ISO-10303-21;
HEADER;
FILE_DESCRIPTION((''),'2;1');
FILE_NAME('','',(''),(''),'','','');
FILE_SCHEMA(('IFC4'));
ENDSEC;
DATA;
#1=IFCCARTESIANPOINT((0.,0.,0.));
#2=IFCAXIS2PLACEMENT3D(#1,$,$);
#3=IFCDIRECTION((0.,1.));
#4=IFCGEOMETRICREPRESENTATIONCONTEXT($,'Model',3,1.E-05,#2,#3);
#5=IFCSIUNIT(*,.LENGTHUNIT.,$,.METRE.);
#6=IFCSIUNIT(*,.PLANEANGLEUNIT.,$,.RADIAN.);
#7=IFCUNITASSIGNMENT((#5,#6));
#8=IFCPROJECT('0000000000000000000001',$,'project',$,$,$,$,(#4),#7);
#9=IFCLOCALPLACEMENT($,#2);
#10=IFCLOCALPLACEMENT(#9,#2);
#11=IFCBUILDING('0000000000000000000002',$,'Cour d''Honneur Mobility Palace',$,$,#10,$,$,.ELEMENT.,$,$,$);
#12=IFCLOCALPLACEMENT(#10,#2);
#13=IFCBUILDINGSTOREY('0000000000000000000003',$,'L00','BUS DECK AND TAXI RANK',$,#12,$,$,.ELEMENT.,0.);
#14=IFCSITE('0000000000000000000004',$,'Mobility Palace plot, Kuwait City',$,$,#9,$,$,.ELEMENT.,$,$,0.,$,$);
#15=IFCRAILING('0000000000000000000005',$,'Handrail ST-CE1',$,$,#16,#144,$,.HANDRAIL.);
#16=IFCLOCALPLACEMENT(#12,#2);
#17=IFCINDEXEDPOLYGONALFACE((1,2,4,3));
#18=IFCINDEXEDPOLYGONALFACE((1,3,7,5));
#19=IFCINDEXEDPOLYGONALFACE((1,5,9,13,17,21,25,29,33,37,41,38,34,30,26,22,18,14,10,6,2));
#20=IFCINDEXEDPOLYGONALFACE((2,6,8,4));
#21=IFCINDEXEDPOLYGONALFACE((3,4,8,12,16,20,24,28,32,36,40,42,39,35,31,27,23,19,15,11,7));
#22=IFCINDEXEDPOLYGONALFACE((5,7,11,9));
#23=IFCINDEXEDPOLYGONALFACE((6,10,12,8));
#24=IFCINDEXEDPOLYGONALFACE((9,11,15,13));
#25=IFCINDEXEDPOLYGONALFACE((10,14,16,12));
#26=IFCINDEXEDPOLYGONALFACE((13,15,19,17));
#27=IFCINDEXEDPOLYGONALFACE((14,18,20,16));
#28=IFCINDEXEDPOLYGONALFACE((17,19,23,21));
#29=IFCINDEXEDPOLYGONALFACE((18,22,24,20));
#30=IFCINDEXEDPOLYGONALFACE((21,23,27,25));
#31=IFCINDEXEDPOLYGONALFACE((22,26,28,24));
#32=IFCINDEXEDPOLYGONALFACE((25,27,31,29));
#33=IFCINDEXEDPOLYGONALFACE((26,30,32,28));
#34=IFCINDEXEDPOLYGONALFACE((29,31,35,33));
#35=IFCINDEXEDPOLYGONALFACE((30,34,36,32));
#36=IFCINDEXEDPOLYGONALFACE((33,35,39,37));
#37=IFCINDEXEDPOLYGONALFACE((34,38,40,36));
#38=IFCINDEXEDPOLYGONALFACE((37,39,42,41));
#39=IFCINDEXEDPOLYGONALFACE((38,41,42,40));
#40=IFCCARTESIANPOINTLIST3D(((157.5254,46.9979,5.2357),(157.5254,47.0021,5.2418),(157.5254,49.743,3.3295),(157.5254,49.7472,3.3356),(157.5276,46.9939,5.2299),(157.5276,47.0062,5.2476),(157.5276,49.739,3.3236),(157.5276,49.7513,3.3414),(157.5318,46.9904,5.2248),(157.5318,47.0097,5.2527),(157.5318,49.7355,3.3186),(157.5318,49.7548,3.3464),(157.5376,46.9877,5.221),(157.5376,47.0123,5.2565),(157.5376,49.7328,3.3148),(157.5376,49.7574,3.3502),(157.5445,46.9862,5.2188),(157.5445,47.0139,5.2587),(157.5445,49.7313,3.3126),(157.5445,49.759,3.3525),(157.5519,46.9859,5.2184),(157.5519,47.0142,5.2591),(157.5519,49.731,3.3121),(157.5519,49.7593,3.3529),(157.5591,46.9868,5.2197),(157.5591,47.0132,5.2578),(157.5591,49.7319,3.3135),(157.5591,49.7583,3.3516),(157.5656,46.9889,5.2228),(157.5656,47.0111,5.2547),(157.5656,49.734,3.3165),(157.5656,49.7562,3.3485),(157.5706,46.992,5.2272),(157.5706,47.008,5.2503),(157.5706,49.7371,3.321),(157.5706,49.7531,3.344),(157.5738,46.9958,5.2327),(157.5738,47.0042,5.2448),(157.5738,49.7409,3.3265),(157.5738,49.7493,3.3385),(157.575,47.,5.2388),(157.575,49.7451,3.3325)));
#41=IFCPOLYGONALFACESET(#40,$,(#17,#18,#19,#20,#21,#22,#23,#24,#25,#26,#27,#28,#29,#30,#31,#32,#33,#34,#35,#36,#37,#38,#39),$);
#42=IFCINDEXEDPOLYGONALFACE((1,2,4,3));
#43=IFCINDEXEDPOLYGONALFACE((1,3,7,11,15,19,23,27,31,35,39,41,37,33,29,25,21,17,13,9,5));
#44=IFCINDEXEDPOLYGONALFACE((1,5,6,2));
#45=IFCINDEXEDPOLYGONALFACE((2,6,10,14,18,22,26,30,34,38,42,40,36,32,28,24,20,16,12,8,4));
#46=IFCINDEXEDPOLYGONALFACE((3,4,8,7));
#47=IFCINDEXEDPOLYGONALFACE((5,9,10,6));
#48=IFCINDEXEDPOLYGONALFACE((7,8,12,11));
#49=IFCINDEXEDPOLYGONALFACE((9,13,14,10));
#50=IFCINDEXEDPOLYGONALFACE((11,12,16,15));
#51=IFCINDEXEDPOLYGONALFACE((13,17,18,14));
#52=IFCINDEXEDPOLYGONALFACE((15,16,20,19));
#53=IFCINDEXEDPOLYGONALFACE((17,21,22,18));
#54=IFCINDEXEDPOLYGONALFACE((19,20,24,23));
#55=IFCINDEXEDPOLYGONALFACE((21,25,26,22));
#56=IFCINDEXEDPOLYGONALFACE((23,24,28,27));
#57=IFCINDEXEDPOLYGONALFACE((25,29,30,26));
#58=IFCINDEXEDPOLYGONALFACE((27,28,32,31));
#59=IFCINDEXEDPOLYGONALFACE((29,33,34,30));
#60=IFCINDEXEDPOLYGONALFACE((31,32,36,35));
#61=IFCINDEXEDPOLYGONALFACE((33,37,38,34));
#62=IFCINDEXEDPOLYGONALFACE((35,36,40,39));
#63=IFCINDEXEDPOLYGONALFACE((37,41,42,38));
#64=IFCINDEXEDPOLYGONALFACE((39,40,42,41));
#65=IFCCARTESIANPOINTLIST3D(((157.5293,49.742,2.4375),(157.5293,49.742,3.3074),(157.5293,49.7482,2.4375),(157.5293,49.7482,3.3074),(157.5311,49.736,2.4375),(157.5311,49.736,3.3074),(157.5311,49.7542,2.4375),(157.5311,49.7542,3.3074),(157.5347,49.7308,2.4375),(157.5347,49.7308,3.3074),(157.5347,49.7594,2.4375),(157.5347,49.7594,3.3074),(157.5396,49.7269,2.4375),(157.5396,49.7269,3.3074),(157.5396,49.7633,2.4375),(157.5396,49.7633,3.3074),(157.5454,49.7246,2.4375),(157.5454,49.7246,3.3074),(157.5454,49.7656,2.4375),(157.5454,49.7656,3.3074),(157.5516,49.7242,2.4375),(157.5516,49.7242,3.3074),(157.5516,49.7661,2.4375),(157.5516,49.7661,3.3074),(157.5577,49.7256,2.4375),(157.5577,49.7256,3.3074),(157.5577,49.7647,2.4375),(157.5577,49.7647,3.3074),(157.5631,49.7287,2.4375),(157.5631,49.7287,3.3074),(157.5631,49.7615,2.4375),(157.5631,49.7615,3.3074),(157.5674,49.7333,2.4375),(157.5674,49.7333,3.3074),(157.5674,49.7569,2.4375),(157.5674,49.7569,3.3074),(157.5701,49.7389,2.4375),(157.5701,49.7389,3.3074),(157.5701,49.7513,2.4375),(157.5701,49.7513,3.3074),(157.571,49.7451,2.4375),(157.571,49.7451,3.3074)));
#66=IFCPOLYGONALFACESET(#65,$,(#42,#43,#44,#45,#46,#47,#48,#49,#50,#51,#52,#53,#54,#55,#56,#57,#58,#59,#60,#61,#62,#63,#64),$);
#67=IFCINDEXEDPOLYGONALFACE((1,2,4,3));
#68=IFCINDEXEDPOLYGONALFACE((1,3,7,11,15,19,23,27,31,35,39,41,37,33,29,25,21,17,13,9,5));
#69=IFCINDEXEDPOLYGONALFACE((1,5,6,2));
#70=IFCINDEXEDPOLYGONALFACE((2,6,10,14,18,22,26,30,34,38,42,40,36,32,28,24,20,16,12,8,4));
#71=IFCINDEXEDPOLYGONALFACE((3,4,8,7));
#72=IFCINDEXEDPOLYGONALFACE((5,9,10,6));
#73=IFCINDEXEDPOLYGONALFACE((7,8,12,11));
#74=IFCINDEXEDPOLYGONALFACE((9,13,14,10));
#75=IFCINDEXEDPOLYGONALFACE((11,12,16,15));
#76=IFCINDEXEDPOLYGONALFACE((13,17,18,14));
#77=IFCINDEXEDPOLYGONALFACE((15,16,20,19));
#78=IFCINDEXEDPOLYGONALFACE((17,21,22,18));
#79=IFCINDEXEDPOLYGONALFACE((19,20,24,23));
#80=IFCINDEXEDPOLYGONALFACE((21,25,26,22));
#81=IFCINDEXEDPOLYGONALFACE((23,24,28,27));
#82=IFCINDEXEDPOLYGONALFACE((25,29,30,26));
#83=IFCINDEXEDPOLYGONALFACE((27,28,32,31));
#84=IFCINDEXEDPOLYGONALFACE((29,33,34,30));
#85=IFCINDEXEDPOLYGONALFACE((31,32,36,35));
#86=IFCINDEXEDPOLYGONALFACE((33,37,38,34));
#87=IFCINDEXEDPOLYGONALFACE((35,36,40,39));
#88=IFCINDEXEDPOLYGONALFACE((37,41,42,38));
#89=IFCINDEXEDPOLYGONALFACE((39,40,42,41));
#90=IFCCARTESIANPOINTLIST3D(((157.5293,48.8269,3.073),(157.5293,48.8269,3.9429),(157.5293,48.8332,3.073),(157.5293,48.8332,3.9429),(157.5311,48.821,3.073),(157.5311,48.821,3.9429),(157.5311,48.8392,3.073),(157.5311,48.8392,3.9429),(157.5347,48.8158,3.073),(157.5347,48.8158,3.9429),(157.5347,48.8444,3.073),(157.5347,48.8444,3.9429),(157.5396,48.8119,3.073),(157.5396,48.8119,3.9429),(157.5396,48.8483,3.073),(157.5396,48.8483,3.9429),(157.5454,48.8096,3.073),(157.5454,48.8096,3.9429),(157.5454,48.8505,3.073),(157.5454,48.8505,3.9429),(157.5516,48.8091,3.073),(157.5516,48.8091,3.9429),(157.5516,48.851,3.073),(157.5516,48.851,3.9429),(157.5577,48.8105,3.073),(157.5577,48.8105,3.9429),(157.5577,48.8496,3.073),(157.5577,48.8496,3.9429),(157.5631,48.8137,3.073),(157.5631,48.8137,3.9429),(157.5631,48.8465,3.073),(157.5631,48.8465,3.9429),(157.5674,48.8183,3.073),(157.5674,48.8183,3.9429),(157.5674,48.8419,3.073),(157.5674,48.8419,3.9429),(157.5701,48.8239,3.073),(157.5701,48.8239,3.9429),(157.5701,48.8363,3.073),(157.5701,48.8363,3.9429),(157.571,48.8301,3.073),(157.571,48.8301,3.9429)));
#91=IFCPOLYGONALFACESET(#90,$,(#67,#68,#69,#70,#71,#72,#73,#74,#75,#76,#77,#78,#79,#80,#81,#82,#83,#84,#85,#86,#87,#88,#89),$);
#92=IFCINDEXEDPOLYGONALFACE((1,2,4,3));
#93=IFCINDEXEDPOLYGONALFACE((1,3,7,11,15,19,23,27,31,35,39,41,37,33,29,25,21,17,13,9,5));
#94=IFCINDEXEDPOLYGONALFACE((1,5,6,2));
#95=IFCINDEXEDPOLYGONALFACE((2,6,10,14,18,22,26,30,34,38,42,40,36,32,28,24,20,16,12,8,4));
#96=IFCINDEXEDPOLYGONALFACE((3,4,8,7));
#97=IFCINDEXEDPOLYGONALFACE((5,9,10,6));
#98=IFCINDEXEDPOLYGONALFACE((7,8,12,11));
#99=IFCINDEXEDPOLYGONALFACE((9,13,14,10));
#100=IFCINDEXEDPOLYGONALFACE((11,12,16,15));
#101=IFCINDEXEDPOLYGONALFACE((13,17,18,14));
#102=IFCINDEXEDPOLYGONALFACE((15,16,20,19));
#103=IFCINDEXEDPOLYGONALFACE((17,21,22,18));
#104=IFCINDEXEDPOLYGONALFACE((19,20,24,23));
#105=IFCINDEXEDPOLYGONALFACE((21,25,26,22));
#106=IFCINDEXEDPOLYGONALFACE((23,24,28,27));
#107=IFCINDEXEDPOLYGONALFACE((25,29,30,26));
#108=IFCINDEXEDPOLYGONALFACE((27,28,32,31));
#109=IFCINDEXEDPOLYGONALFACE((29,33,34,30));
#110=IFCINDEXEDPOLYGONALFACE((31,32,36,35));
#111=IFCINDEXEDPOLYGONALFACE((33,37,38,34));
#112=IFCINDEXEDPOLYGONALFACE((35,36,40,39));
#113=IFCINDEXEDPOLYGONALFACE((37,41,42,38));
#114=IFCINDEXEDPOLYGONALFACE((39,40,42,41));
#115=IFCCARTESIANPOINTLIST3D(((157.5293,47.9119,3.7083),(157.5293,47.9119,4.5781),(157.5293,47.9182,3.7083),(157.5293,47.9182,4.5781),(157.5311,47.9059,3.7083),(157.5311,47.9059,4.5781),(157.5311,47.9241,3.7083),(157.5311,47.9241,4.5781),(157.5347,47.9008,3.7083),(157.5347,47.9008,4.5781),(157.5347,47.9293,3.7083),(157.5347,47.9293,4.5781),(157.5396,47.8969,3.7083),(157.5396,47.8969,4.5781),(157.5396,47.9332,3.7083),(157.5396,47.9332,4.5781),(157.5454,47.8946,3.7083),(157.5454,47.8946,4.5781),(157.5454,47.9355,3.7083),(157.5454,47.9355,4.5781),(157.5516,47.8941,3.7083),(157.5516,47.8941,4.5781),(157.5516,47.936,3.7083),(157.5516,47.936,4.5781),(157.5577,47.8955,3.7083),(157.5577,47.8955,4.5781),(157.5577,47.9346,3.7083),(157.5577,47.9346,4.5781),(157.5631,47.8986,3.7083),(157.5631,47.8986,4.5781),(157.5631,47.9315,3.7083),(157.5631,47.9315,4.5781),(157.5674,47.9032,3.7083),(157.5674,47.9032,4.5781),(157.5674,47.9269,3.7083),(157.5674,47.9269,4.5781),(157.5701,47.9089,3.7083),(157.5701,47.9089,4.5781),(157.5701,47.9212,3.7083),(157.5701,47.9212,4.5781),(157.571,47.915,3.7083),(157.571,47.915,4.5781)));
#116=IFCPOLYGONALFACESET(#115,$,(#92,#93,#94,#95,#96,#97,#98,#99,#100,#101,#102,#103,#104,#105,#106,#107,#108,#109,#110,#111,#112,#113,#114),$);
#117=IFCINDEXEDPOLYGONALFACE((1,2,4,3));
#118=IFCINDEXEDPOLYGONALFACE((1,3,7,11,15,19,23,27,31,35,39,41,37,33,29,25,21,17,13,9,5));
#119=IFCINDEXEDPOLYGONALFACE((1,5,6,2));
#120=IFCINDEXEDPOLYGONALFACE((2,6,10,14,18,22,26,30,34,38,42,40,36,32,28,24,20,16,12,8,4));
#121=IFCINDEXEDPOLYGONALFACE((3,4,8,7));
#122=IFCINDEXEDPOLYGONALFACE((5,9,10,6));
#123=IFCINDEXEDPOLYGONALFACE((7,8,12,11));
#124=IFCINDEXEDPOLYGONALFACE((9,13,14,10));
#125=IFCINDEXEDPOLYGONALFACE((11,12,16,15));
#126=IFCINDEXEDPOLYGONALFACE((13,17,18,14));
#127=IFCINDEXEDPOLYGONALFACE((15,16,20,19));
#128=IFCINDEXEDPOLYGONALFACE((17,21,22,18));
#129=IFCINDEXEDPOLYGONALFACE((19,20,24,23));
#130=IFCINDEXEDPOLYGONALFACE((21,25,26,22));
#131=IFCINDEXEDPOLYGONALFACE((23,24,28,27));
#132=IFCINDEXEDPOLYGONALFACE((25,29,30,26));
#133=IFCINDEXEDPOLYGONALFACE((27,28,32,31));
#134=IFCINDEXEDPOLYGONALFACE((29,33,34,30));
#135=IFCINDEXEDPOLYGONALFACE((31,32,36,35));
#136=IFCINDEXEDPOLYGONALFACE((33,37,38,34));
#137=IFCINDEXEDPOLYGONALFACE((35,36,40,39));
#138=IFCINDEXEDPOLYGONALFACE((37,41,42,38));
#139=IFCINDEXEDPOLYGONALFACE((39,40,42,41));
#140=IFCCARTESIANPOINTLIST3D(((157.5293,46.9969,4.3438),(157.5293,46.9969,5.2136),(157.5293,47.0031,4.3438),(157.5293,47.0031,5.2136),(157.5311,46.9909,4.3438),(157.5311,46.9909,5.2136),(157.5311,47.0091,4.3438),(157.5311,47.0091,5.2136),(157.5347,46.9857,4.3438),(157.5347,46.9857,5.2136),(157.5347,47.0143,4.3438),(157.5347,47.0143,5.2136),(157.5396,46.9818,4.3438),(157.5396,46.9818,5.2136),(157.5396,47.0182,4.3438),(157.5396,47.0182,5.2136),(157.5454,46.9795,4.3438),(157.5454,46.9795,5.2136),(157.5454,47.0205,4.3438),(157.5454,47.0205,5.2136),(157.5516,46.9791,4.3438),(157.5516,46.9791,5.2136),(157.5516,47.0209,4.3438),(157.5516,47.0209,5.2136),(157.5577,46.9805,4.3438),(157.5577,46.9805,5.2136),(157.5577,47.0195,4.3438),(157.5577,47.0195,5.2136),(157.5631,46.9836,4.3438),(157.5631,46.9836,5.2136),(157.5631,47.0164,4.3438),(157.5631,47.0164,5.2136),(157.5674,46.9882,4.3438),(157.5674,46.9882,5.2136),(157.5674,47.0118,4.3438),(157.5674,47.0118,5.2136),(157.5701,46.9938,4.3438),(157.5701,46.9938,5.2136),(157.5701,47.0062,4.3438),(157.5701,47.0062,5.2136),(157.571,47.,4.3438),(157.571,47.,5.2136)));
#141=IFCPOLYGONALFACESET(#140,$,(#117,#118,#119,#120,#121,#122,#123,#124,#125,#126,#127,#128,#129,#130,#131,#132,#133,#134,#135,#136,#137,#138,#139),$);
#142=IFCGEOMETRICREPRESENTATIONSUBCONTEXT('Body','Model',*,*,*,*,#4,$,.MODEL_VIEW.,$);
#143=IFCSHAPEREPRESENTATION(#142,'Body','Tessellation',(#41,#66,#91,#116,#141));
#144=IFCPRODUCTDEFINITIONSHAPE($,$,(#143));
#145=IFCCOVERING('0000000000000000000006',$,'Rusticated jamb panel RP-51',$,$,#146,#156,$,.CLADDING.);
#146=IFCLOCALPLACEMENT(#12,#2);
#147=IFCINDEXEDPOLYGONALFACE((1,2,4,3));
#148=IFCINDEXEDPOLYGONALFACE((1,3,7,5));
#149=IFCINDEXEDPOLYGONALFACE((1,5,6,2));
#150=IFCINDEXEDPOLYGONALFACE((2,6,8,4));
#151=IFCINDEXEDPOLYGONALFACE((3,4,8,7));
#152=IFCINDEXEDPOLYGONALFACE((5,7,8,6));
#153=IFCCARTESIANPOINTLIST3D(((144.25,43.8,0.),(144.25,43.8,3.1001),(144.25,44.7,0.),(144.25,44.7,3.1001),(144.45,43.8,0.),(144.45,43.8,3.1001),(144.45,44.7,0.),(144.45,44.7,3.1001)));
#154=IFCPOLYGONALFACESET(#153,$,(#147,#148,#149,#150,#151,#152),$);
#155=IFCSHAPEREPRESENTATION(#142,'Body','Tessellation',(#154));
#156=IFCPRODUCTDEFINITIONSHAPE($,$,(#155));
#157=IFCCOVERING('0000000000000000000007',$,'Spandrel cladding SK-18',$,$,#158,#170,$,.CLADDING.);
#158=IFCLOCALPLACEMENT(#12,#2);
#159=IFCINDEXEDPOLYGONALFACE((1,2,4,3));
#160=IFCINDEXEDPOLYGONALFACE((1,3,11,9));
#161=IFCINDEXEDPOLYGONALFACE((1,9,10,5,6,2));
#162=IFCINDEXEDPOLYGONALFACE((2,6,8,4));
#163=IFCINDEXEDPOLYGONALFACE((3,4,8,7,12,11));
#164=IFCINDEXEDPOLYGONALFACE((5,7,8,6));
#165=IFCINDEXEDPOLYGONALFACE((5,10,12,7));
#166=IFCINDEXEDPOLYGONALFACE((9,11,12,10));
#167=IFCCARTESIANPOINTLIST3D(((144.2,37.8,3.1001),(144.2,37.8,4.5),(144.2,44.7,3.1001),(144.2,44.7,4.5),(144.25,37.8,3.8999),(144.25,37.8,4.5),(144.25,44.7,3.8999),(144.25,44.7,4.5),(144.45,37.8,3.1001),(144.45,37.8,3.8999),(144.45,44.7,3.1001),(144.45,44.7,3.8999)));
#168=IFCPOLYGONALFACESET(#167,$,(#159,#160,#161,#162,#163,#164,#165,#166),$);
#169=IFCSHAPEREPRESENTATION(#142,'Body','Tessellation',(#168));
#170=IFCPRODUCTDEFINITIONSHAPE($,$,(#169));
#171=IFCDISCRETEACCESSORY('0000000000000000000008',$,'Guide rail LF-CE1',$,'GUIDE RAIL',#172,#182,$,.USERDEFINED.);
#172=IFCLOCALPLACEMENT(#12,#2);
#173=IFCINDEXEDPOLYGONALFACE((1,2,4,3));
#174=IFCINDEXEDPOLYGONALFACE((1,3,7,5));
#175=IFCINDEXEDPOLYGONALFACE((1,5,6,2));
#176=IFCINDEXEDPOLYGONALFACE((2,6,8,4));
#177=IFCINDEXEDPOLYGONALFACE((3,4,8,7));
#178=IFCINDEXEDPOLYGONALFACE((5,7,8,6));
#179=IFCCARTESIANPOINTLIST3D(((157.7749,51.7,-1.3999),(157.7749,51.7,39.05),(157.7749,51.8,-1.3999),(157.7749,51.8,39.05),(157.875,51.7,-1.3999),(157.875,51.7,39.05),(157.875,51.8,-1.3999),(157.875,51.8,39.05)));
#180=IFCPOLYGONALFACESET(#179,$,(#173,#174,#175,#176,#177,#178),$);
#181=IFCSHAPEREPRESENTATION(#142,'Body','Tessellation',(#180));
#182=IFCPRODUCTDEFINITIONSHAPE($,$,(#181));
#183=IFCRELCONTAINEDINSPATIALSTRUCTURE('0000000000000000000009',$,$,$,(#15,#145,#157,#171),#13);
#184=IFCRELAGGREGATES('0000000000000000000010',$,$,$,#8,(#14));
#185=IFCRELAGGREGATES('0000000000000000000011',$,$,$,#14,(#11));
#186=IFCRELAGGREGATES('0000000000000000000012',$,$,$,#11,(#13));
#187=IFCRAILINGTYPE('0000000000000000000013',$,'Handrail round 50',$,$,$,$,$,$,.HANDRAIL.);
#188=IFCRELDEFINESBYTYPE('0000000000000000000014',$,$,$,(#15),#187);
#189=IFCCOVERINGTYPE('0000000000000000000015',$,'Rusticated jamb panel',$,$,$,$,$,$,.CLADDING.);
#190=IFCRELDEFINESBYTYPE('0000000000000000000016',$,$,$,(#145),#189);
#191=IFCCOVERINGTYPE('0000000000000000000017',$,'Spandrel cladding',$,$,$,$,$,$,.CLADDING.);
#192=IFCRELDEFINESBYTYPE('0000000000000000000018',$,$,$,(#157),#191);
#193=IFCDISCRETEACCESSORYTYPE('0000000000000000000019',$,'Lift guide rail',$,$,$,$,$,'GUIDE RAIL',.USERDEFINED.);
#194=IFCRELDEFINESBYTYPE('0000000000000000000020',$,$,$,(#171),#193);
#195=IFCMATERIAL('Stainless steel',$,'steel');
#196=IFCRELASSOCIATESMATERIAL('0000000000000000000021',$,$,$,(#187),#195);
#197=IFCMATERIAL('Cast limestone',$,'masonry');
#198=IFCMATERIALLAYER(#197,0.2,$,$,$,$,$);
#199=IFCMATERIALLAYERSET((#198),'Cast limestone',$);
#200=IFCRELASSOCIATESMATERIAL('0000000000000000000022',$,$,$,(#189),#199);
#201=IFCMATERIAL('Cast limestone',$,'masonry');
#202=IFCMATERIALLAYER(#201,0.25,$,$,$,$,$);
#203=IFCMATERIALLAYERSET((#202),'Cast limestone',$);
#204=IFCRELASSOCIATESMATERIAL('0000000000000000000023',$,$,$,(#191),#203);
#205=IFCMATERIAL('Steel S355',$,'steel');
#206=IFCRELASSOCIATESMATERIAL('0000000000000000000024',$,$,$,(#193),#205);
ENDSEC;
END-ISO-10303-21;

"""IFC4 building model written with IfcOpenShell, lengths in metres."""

from ifc_helpers import new_model, si_unit, direction, frame, origin, origin_2d, place, context, subcontext, project, spatial, polyline, rectangle, circle, outline, extrude, material, layer, layer_set, type_object, element, save


model = new_model("IFC4")

# Units and contexts
model_context = context("Model", 3, precision=1e-05, world=origin(), true_north=direction((0.0, 1.0)))
body_context = subcontext(model_context, "Body", "Model", "MODEL_VIEW")
ifc_project = project(units=[si_unit("LENGTHUNIT", "METRE"), si_unit("PLANEANGLEUNIT", "RADIAN")], contexts=[model_context])

# Site, building, storey
site_placement = place(None, origin())
site = spatial("IfcSite", under=ifc_project, at=site_placement, Name="Mobility Palace plot, Kuwait City", CompositionType="ELEMENT", RefElevation=0.0)
building_placement = place(site_placement, origin())
building = spatial("IfcBuilding", under=site, at=building_placement, Name="Cour d'Honneur Mobility Palace", CompositionType="ELEMENT")
storey_placement = place(building_placement, origin())
storey = spatial("IfcBuildingStorey", under=building, at=storey_placement, Name="L00", Description="BUS DECK AND TAXI RANK", CompositionType="ELEMENT", Elevation=0.0)

# Railing
ifc_material_1 = material(Name="Stainless steel", Category="steel")
railing_type = type_object("IfcRailingType", Name="Handrail round 50", PredefinedType="HANDRAIL", material=ifc_material_1)
railing_placement = place(storey_placement, frame((157.55, 49.7451, 2.4375)))
element("IfcRailing", 1, at=railing_placement, inside=storey, type_object=railing_type, Name="Handrail ST-CE1", PredefinedType="HANDRAIL", context=body_context, shape_type="SweptSolid", body=[
    extrude(circle(Radius=0.0249, at=origin_2d()), frame((0.0, 0.0, 0.895), z_axis=(0.0, -0.821381, 0.570379), x_axis=(1.0, 0.0, 0.0)), (0.0, 0.0, 1.0), 3.342),
    extrude(circle(Radius=0.021, at=origin_2d()), origin(), (0.0, 0.0, 1.0), 0.8699),
    extrude(circle(Radius=0.021, at=origin_2d()), frame((0.0, -0.915, 0.6355)), (0.0, 0.0, 1.0), 0.8699),
    extrude(circle(Radius=0.021, at=origin_2d()), frame((0.0, -1.8301, 1.2708)), (0.0, 0.0, 1.0), 0.8699),
    extrude(circle(Radius=0.021, at=origin_2d()), frame((0.0, -2.7451, 1.9062)), (0.0, 0.0, 1.0), 0.8699),
])

# Coverings
ifc_material_2 = material(Name="Cast limestone", Category="masonry")
ifc_layer_1 = layer(ifc_material_2, 0.2)
ifc_layer_set_1 = layer_set([ifc_layer_1], Name="Cast limestone")
covering_type_1 = type_object("IfcCoveringType", Name="Rusticated jamb panel", PredefinedType="CLADDING", material=ifc_layer_set_1)
covering_1_placement = place(storey_placement, frame((144.25, 44.7, 0.0), z_axis=(-1.0, 0.0, 0.0), x_axis=(0.0, -1.0, 0.0)))
element("IfcCovering", 2, at=covering_1_placement, inside=storey, type_object=covering_type_1, Name="Rusticated jamb panel RP-51", PredefinedType="CLADDING", context=body_context, shape_type="SweptSolid", body=[
    extrude(outline(polyline([(0.0, 0.0), (0.8999, 0.0), (0.8999, 3.1001), (0.0, 3.1001), (0.0, 0.0)])), origin(), (0.0, 0.0, -1.0), 0.2),
])
ifc_material_3 = material(Name="Cast limestone", Category="masonry")
ifc_layer_2 = layer(ifc_material_3, 0.25)
ifc_layer_set_2 = layer_set([ifc_layer_2], Name="Cast limestone")
covering_type_2 = type_object("IfcCoveringType", Name="Spandrel cladding", PredefinedType="CLADDING", material=ifc_layer_set_2)
covering_2_placement = place(storey_placement, frame((144.45, 44.7, 3.1001), z_axis=(0.0, 1.0, 0.0), x_axis=(-1.0, 0.0, 0.0)))
element("IfcCovering", 3, at=covering_2_placement, inside=storey, type_object=covering_type_2, Name="Spandrel cladding SK-18", PredefinedType="CLADDING", context=body_context, shape_type="SweptSolid", body=[
    extrude(outline(polyline([(0.0, 0.0), (0.25, 0.0), (0.25, 1.3999), (0.2, 1.3999), (0.2, 0.7998), (0.0, 0.7998), (0.0, 0.0)])), origin(), (0.0, 0.0, -1.0), 6.8999),
])

# Discrete accessory
ifc_material_4 = material(Name="Steel S355", Category="steel")
discrete_accessory_type = type_object("IfcDiscreteAccessoryType", Name="Lift guide rail", ElementType="GUIDE RAIL", PredefinedType="USERDEFINED", material=ifc_material_4)
discrete_accessory_placement = place(storey_placement, frame((157.825, 51.75, -1.3999), z_axis=(0.0, 0.0, 1.0), x_axis=(1.0, 0.0, 0.0)))
element("IfcDiscreteAccessory", 4, at=discrete_accessory_placement, inside=storey, type_object=discrete_accessory_type, Name="Guide rail LF-CE1", ObjectType="GUIDE RAIL", PredefinedType="USERDEFINED", context=body_context, shape_type="SweptSolid", body=[
    extrude(rectangle(XDim=0.1001, YDim=0.1001, at=origin_2d()), origin(), (0.0, 0.0, 1.0), 40.45),
])

save(model, "model.ifc")
